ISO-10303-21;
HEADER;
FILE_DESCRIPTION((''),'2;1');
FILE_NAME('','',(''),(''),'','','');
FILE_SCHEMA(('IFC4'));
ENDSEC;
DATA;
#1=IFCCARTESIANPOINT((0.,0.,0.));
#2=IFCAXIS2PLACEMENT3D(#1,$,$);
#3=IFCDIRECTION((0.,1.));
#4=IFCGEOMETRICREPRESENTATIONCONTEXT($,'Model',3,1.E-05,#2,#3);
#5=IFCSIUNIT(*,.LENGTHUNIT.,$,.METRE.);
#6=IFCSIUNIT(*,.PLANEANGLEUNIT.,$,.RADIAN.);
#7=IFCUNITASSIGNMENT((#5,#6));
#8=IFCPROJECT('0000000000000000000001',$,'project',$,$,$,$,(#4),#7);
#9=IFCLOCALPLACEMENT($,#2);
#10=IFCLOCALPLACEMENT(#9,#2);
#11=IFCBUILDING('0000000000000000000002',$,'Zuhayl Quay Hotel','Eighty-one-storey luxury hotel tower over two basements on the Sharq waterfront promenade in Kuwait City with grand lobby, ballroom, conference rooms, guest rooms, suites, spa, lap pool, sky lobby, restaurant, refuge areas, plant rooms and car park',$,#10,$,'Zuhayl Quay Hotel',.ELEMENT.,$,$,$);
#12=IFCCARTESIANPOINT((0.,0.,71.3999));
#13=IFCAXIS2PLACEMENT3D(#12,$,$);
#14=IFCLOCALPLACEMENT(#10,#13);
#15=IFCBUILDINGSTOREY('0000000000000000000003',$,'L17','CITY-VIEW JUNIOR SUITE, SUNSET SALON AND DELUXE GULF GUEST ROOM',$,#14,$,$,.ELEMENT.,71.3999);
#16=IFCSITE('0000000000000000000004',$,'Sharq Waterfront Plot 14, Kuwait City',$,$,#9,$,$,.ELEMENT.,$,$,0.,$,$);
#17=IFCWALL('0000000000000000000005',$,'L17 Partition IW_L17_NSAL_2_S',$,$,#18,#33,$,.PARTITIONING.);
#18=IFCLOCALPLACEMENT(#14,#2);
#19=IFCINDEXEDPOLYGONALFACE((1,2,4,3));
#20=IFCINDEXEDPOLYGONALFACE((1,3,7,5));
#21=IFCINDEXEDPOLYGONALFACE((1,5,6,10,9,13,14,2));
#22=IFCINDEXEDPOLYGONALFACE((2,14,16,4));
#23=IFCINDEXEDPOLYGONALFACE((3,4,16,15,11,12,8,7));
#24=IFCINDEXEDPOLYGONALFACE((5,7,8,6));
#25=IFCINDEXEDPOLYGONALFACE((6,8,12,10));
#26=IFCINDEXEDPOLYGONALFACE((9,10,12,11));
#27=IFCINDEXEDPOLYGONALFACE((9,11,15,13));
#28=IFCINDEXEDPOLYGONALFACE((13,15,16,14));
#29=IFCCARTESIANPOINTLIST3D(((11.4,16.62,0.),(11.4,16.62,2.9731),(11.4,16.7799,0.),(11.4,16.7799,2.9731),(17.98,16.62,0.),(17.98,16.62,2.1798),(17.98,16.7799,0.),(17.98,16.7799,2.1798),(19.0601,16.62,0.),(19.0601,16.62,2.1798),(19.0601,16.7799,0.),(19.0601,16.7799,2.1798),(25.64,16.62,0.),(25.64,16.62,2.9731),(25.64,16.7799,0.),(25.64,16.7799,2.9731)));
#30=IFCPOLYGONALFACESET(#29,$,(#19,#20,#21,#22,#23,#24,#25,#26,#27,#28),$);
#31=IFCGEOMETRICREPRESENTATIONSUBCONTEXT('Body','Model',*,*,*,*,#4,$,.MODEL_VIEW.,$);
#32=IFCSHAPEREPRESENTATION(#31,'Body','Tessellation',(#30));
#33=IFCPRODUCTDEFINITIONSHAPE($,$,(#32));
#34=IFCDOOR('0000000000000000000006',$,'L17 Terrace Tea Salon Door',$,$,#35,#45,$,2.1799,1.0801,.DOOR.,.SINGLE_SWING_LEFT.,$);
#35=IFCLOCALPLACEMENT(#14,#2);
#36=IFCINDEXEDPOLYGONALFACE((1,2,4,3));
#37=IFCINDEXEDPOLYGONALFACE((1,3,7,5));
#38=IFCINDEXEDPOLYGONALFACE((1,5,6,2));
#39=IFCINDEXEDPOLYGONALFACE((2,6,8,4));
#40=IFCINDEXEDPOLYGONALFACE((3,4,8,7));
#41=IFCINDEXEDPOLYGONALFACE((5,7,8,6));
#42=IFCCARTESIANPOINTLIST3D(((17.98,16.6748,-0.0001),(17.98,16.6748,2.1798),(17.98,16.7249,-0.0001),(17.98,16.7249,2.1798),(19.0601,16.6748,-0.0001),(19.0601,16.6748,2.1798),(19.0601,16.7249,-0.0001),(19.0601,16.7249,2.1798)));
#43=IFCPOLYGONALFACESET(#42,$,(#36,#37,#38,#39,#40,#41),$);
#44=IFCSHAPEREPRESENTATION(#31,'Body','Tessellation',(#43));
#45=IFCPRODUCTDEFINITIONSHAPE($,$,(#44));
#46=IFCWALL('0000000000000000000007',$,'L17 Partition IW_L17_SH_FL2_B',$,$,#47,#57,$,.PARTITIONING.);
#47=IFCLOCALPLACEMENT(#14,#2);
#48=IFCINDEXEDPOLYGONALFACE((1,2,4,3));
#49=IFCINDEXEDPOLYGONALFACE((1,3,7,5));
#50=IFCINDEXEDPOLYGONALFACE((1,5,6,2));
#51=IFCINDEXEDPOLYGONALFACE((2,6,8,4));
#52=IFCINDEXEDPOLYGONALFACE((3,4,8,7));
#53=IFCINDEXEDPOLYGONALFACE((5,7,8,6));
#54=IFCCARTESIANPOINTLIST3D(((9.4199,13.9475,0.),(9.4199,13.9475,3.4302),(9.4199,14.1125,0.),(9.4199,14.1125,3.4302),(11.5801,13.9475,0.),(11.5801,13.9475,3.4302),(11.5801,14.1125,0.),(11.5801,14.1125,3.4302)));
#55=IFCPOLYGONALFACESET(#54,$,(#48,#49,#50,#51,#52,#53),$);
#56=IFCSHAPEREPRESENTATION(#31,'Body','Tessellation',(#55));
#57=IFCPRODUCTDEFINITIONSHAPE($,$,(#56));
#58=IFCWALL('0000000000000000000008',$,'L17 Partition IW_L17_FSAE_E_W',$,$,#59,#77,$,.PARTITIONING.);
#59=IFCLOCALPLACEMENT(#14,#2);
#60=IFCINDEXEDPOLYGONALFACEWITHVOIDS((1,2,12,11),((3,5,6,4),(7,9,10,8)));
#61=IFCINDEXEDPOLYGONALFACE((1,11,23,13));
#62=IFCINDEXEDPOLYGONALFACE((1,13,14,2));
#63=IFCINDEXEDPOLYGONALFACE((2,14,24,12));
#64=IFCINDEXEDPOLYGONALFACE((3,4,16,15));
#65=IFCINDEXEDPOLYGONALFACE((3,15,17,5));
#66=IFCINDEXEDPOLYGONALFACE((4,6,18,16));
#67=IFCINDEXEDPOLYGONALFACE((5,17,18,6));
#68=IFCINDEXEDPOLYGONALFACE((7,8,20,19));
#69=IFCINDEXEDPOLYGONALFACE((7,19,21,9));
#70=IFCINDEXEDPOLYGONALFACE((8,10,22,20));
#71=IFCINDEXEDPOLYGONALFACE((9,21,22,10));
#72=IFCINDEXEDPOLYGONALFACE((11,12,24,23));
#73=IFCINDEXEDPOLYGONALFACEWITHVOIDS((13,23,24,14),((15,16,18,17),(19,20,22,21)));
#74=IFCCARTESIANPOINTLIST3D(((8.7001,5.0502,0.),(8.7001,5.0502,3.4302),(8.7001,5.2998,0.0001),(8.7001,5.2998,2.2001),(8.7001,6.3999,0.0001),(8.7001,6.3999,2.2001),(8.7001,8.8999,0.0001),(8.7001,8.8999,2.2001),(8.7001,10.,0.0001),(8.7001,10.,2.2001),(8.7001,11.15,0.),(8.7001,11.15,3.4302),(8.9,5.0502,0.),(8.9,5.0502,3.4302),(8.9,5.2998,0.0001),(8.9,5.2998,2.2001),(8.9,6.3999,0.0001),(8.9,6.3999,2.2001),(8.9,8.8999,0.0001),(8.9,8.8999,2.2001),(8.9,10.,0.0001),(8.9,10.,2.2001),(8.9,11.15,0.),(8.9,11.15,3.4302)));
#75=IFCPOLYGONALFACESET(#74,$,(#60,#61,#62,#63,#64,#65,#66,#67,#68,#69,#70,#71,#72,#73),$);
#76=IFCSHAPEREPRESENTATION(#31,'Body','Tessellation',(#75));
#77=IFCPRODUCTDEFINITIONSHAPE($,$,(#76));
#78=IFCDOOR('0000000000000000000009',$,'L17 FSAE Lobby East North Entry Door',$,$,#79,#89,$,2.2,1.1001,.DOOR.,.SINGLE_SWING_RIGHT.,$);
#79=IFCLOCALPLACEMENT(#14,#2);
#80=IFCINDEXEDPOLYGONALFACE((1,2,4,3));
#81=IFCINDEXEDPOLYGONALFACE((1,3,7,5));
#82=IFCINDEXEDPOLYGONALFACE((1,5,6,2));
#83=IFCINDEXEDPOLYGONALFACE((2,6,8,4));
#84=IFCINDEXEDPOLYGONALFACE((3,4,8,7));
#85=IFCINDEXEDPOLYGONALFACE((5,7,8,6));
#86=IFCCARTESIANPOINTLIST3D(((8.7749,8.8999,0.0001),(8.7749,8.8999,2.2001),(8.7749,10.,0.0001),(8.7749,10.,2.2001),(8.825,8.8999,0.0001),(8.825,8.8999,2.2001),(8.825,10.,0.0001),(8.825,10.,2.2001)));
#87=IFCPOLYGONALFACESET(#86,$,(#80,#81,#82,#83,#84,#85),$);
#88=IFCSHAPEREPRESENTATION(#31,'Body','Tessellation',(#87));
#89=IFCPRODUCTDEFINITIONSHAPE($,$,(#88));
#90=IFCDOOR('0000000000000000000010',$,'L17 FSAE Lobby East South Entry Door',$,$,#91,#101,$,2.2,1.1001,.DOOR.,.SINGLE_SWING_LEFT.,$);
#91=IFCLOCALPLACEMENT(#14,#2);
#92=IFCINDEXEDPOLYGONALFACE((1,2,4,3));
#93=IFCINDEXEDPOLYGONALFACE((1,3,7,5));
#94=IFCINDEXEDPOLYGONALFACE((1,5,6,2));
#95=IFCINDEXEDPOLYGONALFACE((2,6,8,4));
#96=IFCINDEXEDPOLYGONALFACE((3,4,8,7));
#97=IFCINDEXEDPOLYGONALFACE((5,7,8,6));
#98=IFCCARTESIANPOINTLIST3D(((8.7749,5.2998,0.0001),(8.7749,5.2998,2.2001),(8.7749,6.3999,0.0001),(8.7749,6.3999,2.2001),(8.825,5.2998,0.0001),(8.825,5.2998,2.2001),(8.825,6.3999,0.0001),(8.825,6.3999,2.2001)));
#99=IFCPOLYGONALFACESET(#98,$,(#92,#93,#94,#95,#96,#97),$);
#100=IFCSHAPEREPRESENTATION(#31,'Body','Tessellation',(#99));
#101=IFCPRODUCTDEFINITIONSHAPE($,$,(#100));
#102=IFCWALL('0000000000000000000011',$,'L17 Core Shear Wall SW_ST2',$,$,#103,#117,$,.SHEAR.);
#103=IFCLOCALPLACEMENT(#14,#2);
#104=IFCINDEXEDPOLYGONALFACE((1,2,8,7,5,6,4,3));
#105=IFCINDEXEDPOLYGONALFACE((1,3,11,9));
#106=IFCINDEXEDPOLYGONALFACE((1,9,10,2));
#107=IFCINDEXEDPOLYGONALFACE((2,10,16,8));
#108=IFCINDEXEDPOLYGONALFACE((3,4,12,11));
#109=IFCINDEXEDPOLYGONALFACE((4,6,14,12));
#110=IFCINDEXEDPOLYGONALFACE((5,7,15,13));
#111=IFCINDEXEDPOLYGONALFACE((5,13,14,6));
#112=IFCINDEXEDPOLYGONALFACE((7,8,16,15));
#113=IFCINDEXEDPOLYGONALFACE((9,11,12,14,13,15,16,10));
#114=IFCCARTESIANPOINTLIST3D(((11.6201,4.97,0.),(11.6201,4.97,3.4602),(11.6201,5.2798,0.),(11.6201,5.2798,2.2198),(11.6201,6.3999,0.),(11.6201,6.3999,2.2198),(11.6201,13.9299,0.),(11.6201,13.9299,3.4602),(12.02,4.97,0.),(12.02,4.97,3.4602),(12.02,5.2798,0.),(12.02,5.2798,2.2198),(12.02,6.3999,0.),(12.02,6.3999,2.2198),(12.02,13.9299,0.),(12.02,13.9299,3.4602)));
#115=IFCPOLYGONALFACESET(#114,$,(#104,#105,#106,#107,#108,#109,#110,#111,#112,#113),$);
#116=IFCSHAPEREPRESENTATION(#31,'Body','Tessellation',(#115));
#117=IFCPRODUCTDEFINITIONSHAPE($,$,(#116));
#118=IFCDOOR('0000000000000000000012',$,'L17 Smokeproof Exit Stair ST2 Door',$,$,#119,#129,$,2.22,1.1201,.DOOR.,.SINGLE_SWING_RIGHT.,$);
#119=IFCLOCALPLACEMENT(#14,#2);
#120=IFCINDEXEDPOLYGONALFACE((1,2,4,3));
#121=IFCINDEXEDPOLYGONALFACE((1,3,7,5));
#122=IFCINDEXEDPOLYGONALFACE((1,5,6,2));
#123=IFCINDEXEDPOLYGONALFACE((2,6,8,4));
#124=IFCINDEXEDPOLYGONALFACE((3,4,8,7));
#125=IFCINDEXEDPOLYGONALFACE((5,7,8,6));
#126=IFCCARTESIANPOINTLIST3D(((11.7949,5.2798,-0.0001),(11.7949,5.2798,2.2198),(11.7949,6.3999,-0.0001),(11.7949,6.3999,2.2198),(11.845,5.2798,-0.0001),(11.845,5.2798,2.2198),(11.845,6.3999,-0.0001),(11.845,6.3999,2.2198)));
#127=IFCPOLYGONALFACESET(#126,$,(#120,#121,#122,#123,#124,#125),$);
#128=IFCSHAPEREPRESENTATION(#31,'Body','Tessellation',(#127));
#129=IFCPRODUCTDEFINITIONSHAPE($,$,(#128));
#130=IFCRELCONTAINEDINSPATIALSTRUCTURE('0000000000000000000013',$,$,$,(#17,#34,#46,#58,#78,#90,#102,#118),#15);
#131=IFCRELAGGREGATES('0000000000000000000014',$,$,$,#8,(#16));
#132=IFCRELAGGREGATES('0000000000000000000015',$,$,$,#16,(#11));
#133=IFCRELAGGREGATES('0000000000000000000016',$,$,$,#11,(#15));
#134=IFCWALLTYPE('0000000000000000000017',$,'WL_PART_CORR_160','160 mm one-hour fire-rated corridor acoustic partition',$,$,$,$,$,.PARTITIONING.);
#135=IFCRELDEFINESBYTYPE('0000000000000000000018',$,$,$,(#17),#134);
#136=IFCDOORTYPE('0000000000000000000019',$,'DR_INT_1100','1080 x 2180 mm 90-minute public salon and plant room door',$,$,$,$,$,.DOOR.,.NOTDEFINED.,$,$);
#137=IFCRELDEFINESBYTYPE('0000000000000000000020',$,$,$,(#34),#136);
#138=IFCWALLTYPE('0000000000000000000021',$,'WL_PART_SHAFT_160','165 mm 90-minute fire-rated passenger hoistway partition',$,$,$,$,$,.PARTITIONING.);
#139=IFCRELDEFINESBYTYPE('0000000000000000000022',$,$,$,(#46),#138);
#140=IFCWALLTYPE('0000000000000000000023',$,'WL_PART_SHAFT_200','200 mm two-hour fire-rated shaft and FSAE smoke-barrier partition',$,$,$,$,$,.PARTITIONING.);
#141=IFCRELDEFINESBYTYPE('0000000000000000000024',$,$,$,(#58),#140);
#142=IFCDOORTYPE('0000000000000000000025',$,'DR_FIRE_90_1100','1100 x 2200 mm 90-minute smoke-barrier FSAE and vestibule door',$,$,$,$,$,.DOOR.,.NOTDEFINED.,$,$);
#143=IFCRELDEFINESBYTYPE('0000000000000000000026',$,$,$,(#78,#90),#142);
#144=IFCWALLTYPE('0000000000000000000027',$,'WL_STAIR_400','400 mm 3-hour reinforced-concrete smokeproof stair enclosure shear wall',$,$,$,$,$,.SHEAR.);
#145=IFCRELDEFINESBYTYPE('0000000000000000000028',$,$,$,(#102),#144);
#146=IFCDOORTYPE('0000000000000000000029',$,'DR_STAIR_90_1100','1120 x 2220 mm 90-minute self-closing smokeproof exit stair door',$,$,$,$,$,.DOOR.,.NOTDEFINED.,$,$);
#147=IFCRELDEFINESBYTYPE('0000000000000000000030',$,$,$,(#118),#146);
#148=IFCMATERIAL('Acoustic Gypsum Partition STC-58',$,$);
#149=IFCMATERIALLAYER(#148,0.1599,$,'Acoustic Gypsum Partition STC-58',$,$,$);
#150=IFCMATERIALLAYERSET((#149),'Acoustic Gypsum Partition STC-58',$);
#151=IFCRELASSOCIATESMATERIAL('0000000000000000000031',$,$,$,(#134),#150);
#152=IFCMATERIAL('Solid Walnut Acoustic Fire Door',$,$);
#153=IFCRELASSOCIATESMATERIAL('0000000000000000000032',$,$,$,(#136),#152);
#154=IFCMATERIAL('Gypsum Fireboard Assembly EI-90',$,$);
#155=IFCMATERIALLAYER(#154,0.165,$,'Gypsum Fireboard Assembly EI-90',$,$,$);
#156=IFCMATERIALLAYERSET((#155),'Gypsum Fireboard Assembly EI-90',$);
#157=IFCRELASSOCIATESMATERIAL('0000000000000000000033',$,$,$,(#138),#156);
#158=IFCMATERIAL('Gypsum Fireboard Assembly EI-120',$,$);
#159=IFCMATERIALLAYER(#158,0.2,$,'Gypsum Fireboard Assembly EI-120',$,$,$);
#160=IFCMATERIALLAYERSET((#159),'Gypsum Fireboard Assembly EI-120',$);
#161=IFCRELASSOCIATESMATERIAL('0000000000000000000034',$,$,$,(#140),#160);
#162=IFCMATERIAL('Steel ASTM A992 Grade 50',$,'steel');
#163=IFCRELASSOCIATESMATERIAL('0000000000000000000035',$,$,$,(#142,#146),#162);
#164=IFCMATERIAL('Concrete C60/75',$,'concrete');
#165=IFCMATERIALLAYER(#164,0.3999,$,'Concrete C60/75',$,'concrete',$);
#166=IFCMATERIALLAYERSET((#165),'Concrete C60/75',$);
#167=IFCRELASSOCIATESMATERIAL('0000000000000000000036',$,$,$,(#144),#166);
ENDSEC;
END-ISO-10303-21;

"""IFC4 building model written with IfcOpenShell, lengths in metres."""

from ifc_helpers import new_model, si_unit, direction, frame, frame_2d, origin, place, context, subcontext, project, spatial, rectangle, extrude, material, layer, layer_set, type_object, element, fill, save


model = new_model("IFC4")

# Units and contexts
model_context = context("Model", 3, precision=1e-05, world=origin(), true_north=direction((0.0, 1.0)))
body_context = subcontext(model_context, "Body", "Model", "MODEL_VIEW")
ifc_project = project(units=[si_unit("LENGTHUNIT", "METRE"), si_unit("PLANEANGLEUNIT", "RADIAN")], contexts=[model_context])

# Site, building, storey
site_placement = place(None, origin())
site = spatial("IfcSite", under=ifc_project, at=site_placement, Name="Sharq Waterfront Plot 14, Kuwait City", CompositionType="ELEMENT", RefElevation=0.0)
building_placement = place(site_placement, origin())
building = spatial("IfcBuilding", under=site, at=building_placement, Name="Zuhayl Quay Hotel", Description="Eighty-one-storey luxury hotel tower over two basements on the Sharq waterfront promenade in Kuwait City with grand lobby, ballroom, conference rooms, guest rooms, suites, spa, lap pool, sky lobby, restaurant, refuge areas, plant rooms and car park", LongName="Zuhayl Quay Hotel", CompositionType="ELEMENT")
storey_placement = place(building_placement, frame((0.0, 0.0, 71.3999)))
storey = spatial("IfcBuildingStorey", under=building, at=storey_placement, Name="L17", Description="CITY-VIEW JUNIOR SUITE, SUNSET SALON AND DELUXE GULF GUEST ROOM", CompositionType="ELEMENT", Elevation=71.3999)

# Shared definitions
ifc_material_1 = material(Name="Steel ASTM A992 Grade 50", Category="steel")

# Shared definitions
ifc_material_2 = material(Name="Acoustic Gypsum Partition STC-58")

# Wall, opening, door
ifc_layer_1 = layer(ifc_material_2, 0.1599, Name="Acoustic Gypsum Partition STC-58")
ifc_layer_set_1 = layer_set([ifc_layer_1], Name="Acoustic Gypsum Partition STC-58")
wall_type_1 = type_object("IfcWallType", Name="WL_PART_CORR_160", Description="160 mm one-hour fire-rated corridor acoustic partition", PredefinedType="PARTITIONING", material=ifc_layer_set_1)
wall_1_placement = place(storey_placement, frame((11.3999, 16.7, 0.0), z_axis=(0.0, 0.0, 1.0), x_axis=(1.0, 0.0, 0.0)))
wall_1 = element("IfcWall", 1, at=wall_1_placement, inside=storey, type_object=wall_type_1, Name="L17 Partition IW_L17_NSAL_2_S", PredefinedType="PARTITIONING", context=body_context, shape_type="SweptSolid", body=[
    extrude(rectangle(XDim=14.24, YDim=0.1599, at=frame_2d((7.1201, 0.0))), origin(), (0.0, 0.0, 1.0), 2.9731),
])
opening_1_placement = place(wall_1_placement, frame((6.5801, 0.0, 0.0)))
opening_1 = element("IfcOpeningElement", 2, at=opening_1_placement, cuts=wall_1, PredefinedType="OPENING", context=body_context, shape_type="SweptSolid", body=[
    extrude(rectangle(XDim=1.0801, YDim=2.1799, at=frame_2d((0.54, 1.0898))), frame((0.0, 0.0898, 0.0), z_axis=(0.0, -1.0, 0.0), x_axis=(1.0, 0.0, 0.0)), (0.0, 0.0, 1.0), 0.1799),
])
ifc_material_3 = material(Name="Solid Walnut Acoustic Fire Door")
door_type_1 = type_object("IfcDoorType", Name="DR_INT_1100", Description="1080 x 2180 mm 90-minute public salon and plant room door", OperationType="NOTDEFINED", PredefinedType="DOOR", material=ifc_material_3)
door_1_placement = place(opening_1_placement, origin())
door_1 = element("IfcDoor", 3, at=door_1_placement, inside=storey, type_object=door_type_1, Name="L17 Terrace Tea Salon Door", OperationType="SINGLE_SWING_LEFT", OverallHeight=2.1799, OverallWidth=1.0801, PredefinedType="DOOR", context=body_context, shape_type="SweptSolid", body=[
    extrude(rectangle(XDim=1.0801, YDim=2.1799, at=frame_2d((0.54, 1.0898))), frame((0.0, 0.0249, 0.0), z_axis=(0.0, -1.0, 0.0), x_axis=(1.0, 0.0, 0.0)), (0.0, 0.0, 1.0), 0.05),
])
fill(opening_1, door_1)

# Wall
ifc_material_4 = material(Name="Gypsum Fireboard Assembly EI-90")
ifc_layer_2 = layer(ifc_material_4, 0.165, Name="Gypsum Fireboard Assembly EI-90")
ifc_layer_set_2 = layer_set([ifc_layer_2], Name="Gypsum Fireboard Assembly EI-90")
wall_type_2 = type_object("IfcWallType", Name="WL_PART_SHAFT_160", Description="165 mm 90-minute fire-rated passenger hoistway partition", PredefinedType="PARTITIONING", material=ifc_layer_set_2)
wall_2_placement = place(storey_placement, frame((9.4199, 14.03, 0.0), z_axis=(0.0, 0.0, 1.0), x_axis=(1.0, 0.0, 0.0)))
element("IfcWall", 4, at=wall_2_placement, inside=storey, type_object=wall_type_2, Name="L17 Partition IW_L17_SH_FL2_B", PredefinedType="PARTITIONING", context=body_context, shape_type="SweptSolid", body=[
    extrude(rectangle(XDim=2.1602, YDim=0.165, at=frame_2d((1.0801, 0.0))), origin(), (0.0, 0.0, 1.0), 3.4302),
])

# Wall, openings, doors
ifc_material_5 = material(Name="Gypsum Fireboard Assembly EI-120")
ifc_layer_3 = layer(ifc_material_5, 0.2, Name="Gypsum Fireboard Assembly EI-120")
ifc_layer_set_3 = layer_set([ifc_layer_3], Name="Gypsum Fireboard Assembly EI-120")
wall_type_3 = type_object("IfcWallType", Name="WL_PART_SHAFT_200", Description="200 mm two-hour fire-rated shaft and FSAE smoke-barrier partition", PredefinedType="PARTITIONING", material=ifc_layer_set_3)
wall_3_placement = place(storey_placement, frame((8.8, 11.1499, 0.0), z_axis=(0.0, 0.0, 1.0), x_axis=(0.0, -1.0, 0.0)))
wall_3 = element("IfcWall", 5, at=wall_3_placement, inside=storey, type_object=wall_type_3, Name="L17 Partition IW_L17_FSAE_E_W", PredefinedType="PARTITIONING", context=body_context, shape_type="SweptSolid", body=[
    extrude(rectangle(XDim=6.0999, YDim=0.2, at=frame_2d((3.0498, 0.0))), origin(), (0.0, 0.0, 1.0), 3.4302),
])
opening_2_placement = place(wall_3_placement, frame((1.1499, 0.0, 0.0)))
opening_2 = element("IfcOpeningElement", 6, at=opening_2_placement, cuts=wall_3, PredefinedType="OPENING", context=body_context, shape_type="SweptSolid", body=[
    extrude(rectangle(XDim=1.1001, YDim=2.2, at=frame_2d((0.55, 1.1001))), frame((0.0, 0.1099, 0.0), z_axis=(0.0, -1.0, 0.0), x_axis=(1.0, 0.0, 0.0)), (0.0, 0.0, 1.0), 0.22),
])
opening_3_placement = place(wall_3_placement, frame((4.75, 0.0, 0.0)))
opening_3 = element("IfcOpeningElement", 7, at=opening_3_placement, cuts=wall_3, PredefinedType="OPENING", context=body_context, shape_type="SweptSolid", body=[
    extrude(rectangle(XDim=1.1001, YDim=2.2, at=frame_2d((0.55, 1.1001))), frame((0.0, 0.1099, 0.0), z_axis=(0.0, -1.0, 0.0), x_axis=(1.0, 0.0, 0.0)), (0.0, 0.0, 1.0), 0.22),
])
door_type_2 = type_object("IfcDoorType", Name="DR_FIRE_90_1100", Description="1100 x 2200 mm 90-minute smoke-barrier FSAE and vestibule door", OperationType="NOTDEFINED", PredefinedType="DOOR", material=ifc_material_1)
door_2_placement = place(opening_2_placement, origin())
door_2 = element("IfcDoor", 8, at=door_2_placement, inside=storey, type_object=door_type_2, Name="L17 FSAE Lobby East North Entry Door", OperationType="SINGLE_SWING_RIGHT", OverallHeight=2.2, OverallWidth=1.1001, PredefinedType="DOOR", context=body_context, shape_type="SweptSolid", body=[
    extrude(rectangle(XDim=1.1001, YDim=2.2, at=frame_2d((0.55, 1.1001))), frame((0.0, 0.0249, 0.0), z_axis=(0.0, -1.0, 0.0), x_axis=(1.0, 0.0, 0.0)), (0.0, 0.0, 1.0), 0.05),
])
fill(opening_2, door_2)
door_3_placement = place(opening_3_placement, origin())
door_3 = element("IfcDoor", 9, at=door_3_placement, inside=storey, type_object=door_type_2, Name="L17 FSAE Lobby East South Entry Door", OperationType="SINGLE_SWING_LEFT", OverallHeight=2.2, OverallWidth=1.1001, PredefinedType="DOOR", context=body_context, shape_type="SweptSolid", body=[
    extrude(rectangle(XDim=1.1001, YDim=2.2, at=frame_2d((0.55, 1.1001))), frame((0.0, 0.0249, 0.0), z_axis=(0.0, -1.0, 0.0), x_axis=(1.0, 0.0, 0.0)), (0.0, 0.0, 1.0), 0.05),
])
fill(opening_3, door_3)

# Wall, opening, door
ifc_material_6 = material(Name="Concrete C60/75", Category="concrete")
ifc_layer_4 = layer(ifc_material_6, 0.3999, Name="Concrete C60/75", Category="concrete")
ifc_layer_set_4 = layer_set([ifc_layer_4], Name="Concrete C60/75")
wall_type_4 = type_object("IfcWallType", Name="WL_STAIR_400", Description="400 mm 3-hour reinforced-concrete smokeproof stair enclosure shear wall", PredefinedType="SHEAR", material=ifc_layer_set_4)
wall_4_placement = place(storey_placement, frame((11.8201, 13.9299, 0.0), z_axis=(0.0, 0.0, 1.0), x_axis=(0.0, -1.0, 0.0)))
wall_4 = element("IfcWall", 10, at=wall_4_placement, inside=storey, type_object=wall_type_4, Name="L17 Core Shear Wall SW_ST2", PredefinedType="SHEAR", context=body_context, shape_type="SweptSolid", body=[
    extrude(rectangle(XDim=8.96, YDim=0.3999, at=frame_2d((4.48, 0.0))), origin(), (0.0, 0.0, 1.0), 3.4602),
])
opening_4_placement = place(wall_4_placement, frame((7.53, 0.0, 0.0)))
opening_4 = element("IfcOpeningElement", 11, at=opening_4_placement, cuts=wall_4, PredefinedType="OPENING", context=body_context, shape_type="SweptSolid", body=[
    extrude(rectangle(XDim=1.1201, YDim=2.22, at=frame_2d((0.5601, 1.1099))), frame((0.0, 0.21, 0.0), z_axis=(0.0, -1.0, 0.0), x_axis=(1.0, 0.0, 0.0)), (0.0, 0.0, 1.0), 0.4199),
])
door_type_3 = type_object("IfcDoorType", Name="DR_STAIR_90_1100", Description="1120 x 2220 mm 90-minute self-closing smokeproof exit stair door", OperationType="NOTDEFINED", PredefinedType="DOOR", material=ifc_material_1)
door_4_placement = place(opening_4_placement, origin())
door_4 = element("IfcDoor", 12, at=door_4_placement, inside=storey, type_object=door_type_3, Name="L17 Smokeproof Exit Stair ST2 Door", OperationType="SINGLE_SWING_RIGHT", OverallHeight=2.22, OverallWidth=1.1201, PredefinedType="DOOR", context=body_context, shape_type="SweptSolid", body=[
    extrude(rectangle(XDim=1.1201, YDim=2.22, at=frame_2d((0.5601, 1.1099))), frame((0.0, 0.0249, 0.0), z_axis=(0.0, -1.0, 0.0), x_axis=(1.0, 0.0, 0.0)), (0.0, 0.0, 1.0), 0.05),
])
fill(opening_4, door_4)

save(model, "model.ifc")
